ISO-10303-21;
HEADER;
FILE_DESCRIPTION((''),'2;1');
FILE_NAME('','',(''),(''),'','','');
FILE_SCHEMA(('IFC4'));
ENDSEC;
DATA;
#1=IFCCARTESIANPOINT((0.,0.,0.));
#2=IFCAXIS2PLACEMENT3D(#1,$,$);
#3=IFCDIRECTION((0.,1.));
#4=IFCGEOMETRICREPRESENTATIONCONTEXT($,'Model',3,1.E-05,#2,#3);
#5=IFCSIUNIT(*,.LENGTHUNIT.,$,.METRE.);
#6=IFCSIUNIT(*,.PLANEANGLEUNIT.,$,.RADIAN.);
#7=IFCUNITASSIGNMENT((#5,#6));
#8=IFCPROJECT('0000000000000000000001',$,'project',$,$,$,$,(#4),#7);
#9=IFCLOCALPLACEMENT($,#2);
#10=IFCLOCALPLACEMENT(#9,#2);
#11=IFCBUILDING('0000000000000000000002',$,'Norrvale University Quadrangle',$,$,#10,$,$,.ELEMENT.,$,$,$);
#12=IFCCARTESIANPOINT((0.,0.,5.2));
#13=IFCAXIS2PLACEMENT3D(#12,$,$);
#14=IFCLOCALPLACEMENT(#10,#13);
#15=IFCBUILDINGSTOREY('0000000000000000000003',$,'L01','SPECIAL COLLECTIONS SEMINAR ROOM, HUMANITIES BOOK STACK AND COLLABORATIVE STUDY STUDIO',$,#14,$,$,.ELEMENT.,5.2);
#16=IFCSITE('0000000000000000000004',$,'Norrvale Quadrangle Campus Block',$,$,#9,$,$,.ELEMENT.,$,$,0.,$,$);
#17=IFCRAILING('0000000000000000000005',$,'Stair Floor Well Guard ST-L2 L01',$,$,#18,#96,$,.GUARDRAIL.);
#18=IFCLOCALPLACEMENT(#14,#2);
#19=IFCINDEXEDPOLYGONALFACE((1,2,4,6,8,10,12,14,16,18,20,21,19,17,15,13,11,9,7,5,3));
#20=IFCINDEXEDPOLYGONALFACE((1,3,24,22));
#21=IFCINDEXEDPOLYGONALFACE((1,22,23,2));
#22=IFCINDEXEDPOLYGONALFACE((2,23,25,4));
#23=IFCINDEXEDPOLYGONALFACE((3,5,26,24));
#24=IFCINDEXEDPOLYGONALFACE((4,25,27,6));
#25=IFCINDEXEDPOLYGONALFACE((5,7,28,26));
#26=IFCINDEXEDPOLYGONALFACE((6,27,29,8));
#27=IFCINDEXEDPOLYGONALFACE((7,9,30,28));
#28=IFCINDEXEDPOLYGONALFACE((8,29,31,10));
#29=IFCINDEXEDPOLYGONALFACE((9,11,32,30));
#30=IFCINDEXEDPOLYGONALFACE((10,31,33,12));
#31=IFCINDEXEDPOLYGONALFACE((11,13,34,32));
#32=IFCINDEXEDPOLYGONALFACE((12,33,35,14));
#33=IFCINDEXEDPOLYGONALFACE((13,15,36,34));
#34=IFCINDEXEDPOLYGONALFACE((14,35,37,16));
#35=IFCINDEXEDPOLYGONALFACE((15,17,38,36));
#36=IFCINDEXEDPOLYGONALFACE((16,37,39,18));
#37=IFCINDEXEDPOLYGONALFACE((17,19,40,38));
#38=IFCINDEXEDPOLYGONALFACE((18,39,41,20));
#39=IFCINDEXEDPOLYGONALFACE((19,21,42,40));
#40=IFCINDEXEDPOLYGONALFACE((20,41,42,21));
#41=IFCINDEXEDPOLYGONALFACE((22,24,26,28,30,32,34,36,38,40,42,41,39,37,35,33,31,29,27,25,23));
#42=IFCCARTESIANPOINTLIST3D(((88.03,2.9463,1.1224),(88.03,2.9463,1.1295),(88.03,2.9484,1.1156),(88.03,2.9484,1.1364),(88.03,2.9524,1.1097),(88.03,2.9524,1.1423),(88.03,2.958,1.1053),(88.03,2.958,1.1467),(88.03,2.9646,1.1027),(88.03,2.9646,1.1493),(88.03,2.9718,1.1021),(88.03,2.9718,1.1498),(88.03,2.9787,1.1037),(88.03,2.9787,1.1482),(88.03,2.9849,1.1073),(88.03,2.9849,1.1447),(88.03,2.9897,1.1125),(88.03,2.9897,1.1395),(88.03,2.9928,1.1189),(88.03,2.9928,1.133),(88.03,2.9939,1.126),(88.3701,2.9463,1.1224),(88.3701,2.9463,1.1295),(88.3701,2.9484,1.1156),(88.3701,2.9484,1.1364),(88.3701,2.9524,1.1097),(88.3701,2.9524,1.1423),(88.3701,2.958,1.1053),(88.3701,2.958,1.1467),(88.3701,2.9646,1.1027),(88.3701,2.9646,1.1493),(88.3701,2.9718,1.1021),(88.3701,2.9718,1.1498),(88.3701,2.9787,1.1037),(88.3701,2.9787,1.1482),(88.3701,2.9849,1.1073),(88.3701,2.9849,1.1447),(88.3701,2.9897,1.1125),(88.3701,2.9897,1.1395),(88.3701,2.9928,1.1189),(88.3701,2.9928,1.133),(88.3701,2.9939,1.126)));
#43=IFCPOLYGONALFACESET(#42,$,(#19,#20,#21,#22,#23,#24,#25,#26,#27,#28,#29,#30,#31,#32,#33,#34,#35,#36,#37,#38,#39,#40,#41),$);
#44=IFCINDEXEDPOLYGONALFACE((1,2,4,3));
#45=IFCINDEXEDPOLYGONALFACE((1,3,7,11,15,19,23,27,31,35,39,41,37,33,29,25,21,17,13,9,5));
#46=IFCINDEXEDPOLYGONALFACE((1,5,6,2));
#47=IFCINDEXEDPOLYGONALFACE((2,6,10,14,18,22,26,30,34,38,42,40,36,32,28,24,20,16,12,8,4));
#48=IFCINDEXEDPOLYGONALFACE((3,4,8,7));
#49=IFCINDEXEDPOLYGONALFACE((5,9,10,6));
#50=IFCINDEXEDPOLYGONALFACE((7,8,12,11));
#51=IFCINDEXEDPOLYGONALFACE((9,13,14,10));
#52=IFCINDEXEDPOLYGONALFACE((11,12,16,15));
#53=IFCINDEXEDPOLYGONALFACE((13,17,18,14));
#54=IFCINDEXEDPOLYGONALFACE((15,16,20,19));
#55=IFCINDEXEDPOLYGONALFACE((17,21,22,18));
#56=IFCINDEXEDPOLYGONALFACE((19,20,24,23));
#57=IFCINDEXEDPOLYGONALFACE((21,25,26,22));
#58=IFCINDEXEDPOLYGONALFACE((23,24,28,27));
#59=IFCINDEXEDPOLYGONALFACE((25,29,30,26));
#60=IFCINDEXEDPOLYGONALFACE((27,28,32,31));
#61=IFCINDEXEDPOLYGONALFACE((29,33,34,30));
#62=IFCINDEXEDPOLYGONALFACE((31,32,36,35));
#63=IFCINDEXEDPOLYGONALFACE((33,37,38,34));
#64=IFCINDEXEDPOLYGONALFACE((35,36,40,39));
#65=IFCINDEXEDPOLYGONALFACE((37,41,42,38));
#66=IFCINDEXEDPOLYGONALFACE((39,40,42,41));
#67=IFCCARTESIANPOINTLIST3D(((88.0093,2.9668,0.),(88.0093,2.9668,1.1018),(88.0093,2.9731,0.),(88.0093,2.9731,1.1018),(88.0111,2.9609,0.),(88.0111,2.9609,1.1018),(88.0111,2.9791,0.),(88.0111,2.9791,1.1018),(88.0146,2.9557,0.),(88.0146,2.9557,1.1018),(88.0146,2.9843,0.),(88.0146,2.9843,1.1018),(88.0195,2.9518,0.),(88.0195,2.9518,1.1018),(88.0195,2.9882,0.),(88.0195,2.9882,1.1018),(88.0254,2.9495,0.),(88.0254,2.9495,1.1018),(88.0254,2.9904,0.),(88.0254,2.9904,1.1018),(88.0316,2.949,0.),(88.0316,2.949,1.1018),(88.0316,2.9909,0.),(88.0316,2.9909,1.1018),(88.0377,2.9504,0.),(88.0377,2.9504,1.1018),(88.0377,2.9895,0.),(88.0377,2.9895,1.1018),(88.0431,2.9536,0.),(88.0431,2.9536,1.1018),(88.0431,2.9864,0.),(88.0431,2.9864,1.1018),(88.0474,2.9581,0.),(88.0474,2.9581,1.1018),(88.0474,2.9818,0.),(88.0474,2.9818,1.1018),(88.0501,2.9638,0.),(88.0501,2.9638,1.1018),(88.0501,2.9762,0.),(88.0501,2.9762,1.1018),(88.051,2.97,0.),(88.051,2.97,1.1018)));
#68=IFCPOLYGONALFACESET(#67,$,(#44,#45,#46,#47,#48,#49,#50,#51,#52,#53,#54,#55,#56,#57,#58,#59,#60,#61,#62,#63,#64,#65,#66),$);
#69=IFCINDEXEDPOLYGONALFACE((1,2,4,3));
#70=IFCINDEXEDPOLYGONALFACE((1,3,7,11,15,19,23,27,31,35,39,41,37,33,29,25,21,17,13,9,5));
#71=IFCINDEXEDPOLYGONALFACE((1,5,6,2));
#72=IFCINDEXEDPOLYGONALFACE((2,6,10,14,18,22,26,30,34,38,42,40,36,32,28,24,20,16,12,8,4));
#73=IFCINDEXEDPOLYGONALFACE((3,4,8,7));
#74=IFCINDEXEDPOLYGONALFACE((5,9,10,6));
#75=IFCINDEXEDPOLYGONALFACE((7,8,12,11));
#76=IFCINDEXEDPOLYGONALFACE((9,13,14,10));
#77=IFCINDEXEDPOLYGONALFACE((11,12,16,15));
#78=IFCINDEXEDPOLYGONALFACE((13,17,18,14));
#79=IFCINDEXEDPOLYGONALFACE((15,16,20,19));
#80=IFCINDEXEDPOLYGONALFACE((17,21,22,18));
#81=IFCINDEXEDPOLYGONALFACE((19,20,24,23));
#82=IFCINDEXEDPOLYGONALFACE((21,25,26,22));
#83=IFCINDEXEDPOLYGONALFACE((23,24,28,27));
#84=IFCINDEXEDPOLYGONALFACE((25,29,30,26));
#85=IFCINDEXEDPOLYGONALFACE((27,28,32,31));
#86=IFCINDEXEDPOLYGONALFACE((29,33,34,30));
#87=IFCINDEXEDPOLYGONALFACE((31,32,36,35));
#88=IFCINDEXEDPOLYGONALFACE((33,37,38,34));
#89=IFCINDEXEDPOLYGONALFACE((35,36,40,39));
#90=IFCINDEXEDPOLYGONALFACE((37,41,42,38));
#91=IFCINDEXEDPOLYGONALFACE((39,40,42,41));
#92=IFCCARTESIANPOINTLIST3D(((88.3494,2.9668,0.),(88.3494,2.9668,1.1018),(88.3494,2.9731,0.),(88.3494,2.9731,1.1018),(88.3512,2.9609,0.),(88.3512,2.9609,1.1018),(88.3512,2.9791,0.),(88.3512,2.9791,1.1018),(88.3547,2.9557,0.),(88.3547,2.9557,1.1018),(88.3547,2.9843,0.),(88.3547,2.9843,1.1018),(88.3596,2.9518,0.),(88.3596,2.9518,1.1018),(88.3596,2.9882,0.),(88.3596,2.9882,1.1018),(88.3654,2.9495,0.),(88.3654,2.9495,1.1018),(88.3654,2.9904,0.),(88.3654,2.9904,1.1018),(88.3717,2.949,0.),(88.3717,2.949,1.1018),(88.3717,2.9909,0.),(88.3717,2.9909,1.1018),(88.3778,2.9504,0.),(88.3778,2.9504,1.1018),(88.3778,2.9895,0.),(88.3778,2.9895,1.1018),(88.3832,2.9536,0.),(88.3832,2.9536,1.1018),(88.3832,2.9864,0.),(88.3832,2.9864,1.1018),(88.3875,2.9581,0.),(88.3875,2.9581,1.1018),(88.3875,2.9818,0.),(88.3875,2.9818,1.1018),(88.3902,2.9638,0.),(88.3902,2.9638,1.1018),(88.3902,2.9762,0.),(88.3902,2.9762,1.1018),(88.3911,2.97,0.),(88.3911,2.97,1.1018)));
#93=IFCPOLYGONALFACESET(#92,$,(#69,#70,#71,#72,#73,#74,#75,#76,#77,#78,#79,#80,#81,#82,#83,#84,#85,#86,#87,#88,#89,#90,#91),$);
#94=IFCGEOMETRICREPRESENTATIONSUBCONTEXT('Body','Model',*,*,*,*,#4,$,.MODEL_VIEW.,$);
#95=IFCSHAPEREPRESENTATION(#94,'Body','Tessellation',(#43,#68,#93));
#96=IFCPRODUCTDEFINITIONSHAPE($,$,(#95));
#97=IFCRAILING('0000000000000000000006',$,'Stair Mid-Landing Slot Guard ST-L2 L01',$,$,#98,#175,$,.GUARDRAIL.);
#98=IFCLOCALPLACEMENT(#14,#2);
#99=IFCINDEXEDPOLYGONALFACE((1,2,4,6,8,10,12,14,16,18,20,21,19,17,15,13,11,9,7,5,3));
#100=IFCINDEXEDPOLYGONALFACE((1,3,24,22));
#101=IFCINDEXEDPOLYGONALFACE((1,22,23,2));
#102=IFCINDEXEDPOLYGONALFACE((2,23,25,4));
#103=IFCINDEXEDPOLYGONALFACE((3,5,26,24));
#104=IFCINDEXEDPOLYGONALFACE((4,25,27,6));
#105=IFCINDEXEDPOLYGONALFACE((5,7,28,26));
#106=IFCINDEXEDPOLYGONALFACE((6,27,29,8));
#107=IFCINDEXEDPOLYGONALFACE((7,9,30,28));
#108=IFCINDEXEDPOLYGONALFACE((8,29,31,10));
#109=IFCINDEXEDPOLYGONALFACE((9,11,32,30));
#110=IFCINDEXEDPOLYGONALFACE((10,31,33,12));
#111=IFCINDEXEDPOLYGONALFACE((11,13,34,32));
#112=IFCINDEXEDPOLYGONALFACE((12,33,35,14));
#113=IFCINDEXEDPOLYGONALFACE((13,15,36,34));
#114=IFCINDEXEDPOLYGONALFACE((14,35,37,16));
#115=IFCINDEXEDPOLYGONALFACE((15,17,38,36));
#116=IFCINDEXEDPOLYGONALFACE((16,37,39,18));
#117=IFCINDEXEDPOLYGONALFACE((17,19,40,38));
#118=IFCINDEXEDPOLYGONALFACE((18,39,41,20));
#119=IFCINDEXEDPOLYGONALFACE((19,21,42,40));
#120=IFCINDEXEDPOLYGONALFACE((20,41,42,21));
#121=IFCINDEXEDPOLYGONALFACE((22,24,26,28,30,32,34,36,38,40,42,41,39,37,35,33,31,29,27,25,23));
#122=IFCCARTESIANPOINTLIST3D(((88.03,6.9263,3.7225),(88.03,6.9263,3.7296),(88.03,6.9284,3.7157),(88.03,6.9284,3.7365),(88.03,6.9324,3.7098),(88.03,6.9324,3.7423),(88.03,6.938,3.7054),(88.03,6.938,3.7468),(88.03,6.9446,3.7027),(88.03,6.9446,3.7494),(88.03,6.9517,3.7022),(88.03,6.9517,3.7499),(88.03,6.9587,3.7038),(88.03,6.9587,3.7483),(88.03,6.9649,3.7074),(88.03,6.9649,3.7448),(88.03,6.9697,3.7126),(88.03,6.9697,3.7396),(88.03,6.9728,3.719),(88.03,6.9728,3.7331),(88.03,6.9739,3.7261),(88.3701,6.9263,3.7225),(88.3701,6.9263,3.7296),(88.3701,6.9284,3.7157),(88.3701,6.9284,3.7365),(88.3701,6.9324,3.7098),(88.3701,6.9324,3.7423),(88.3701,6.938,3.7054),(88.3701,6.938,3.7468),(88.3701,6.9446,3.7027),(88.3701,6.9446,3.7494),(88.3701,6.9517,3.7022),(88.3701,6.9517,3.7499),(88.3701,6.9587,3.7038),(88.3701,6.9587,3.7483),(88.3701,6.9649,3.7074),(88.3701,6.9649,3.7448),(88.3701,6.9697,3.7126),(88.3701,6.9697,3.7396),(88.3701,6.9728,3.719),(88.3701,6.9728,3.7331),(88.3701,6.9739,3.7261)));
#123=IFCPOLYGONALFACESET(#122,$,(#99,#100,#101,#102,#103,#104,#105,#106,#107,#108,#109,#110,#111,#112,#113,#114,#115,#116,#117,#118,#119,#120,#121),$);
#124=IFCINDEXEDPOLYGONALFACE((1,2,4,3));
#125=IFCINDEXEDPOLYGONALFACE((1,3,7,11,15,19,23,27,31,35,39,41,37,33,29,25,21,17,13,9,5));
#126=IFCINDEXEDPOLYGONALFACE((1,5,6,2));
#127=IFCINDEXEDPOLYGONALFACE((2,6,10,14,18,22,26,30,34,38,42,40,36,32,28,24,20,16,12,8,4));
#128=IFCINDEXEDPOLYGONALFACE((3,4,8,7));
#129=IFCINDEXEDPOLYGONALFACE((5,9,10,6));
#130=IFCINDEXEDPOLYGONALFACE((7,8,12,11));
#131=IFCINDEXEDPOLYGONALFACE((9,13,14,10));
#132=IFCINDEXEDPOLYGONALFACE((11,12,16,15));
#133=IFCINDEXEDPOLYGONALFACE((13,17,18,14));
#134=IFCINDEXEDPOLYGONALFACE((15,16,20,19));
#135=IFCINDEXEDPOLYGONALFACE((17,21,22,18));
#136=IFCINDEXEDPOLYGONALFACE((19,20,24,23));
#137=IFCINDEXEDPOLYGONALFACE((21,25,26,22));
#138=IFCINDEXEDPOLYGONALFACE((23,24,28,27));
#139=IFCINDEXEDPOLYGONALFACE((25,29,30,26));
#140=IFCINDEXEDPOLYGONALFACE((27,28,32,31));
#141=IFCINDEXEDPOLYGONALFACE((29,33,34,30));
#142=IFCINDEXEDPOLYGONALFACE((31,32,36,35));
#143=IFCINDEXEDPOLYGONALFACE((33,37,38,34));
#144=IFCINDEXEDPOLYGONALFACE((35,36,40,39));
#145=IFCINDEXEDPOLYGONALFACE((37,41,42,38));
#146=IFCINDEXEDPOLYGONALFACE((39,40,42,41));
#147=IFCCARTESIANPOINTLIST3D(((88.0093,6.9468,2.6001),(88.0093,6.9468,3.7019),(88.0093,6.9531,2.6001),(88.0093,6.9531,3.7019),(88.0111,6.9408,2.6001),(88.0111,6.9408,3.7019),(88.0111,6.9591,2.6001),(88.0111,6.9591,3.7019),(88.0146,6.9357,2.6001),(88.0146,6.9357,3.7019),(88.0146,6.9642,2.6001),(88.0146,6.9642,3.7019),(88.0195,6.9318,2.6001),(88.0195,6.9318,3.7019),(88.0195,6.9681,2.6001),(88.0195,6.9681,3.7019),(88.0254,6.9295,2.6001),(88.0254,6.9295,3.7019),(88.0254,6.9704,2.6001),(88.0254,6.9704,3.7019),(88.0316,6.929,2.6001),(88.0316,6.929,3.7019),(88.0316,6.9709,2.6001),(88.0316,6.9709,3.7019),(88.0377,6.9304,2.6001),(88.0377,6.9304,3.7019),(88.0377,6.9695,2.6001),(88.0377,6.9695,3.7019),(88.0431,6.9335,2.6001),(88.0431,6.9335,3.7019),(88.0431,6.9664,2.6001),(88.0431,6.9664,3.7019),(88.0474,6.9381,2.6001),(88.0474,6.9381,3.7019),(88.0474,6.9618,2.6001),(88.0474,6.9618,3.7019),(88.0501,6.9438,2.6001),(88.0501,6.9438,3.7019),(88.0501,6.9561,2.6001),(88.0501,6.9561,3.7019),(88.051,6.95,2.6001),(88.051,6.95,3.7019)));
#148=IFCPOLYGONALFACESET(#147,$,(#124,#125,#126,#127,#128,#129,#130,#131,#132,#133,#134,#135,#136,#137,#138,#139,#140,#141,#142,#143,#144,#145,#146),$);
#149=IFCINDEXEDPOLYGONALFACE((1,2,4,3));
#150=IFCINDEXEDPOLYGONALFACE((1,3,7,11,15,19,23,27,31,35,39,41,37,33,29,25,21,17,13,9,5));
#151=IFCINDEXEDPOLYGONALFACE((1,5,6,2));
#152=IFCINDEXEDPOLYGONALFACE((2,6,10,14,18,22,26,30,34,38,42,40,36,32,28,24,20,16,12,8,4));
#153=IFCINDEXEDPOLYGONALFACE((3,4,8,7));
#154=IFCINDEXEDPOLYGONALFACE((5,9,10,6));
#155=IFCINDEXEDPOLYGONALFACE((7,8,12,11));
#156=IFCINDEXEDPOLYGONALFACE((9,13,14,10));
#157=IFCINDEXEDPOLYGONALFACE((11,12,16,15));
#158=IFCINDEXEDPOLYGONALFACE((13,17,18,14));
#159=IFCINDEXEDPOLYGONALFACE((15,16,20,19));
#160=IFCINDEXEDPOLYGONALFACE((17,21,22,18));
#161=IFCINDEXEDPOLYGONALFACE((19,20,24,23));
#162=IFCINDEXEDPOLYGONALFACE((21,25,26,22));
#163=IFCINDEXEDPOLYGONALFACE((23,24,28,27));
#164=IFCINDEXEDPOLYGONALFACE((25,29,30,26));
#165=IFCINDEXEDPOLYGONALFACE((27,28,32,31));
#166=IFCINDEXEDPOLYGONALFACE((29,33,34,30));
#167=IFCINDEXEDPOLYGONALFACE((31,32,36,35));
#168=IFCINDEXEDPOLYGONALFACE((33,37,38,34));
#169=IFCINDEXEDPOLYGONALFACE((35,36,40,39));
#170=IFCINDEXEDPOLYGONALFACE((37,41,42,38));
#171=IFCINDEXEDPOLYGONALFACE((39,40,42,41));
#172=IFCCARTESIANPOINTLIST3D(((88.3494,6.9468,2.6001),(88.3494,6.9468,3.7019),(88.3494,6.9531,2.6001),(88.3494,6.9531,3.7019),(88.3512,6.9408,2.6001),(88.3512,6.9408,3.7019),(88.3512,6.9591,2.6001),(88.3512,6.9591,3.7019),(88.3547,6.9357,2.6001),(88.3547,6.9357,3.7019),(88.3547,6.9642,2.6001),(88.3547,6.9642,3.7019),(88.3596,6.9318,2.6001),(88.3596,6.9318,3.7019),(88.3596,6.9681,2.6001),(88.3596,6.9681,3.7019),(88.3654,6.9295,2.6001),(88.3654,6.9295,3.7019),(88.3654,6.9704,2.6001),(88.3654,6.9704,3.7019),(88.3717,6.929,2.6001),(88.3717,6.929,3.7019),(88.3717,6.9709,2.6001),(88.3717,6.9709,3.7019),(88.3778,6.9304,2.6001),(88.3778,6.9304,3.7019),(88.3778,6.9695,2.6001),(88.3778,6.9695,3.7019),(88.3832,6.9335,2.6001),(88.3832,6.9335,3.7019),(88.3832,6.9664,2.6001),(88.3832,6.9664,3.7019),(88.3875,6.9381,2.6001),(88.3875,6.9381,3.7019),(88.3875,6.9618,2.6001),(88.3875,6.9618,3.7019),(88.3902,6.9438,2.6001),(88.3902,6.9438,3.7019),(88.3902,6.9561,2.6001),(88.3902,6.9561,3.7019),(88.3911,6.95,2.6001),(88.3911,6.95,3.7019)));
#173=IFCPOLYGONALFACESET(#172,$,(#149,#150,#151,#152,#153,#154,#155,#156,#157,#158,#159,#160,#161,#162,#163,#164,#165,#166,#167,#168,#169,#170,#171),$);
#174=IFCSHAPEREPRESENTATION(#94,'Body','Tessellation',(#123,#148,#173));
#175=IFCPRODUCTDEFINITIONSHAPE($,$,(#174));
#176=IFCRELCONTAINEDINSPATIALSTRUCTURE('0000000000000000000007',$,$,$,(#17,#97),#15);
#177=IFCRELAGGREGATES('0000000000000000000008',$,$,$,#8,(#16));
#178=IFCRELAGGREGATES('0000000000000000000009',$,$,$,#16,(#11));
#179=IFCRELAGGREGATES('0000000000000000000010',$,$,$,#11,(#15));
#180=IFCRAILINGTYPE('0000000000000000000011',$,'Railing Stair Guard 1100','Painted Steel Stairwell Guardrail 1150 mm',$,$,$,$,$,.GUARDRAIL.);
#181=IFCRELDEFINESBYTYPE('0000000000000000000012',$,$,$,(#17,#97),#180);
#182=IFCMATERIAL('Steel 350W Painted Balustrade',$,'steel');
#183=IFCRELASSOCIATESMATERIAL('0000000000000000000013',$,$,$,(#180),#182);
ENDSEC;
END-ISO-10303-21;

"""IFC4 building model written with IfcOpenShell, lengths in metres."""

from ifc_helpers import new_model, si_unit, direction, frame, origin, origin_2d, place, context, subcontext, project, spatial, circle, extrude, material, type_object, element, save


model = new_model("IFC4")

# Units and contexts
model_context = context("Model", 3, precision=1e-05, world=origin(), true_north=direction((0.0, 1.0)))
body_context = subcontext(model_context, "Body", "Model", "MODEL_VIEW")
ifc_project = project(units=[si_unit("LENGTHUNIT", "METRE"), si_unit("PLANEANGLEUNIT", "RADIAN")], contexts=[model_context])

# Site, building, storey
site_placement = place(None, origin())
site = spatial("IfcSite", under=ifc_project, at=site_placement, Name="Norrvale Quadrangle Campus Block", CompositionType="ELEMENT", RefElevation=0.0)
building_placement = place(site_placement, origin())
building = spatial("IfcBuilding", under=site, at=building_placement, Name="Norrvale University Quadrangle", CompositionType="ELEMENT")
storey_placement = place(building_placement, frame((0.0, 0.0, 5.2)))
storey = spatial("IfcBuildingStorey", under=building, at=storey_placement, Name="L01", Description="SPECIAL COLLECTIONS SEMINAR ROOM, HUMANITIES BOOK STACK AND COLLABORATIVE STUDY STUDIO", CompositionType="ELEMENT", Elevation=5.2)

# Railings
ifc_material_1 = material(Name="Steel 350W Painted Balustrade", Category="steel")
railing_type_1 = type_object("IfcRailingType", Name="Railing Stair Guard 1100", Description="Painted Steel Stairwell Guardrail 1150 mm", PredefinedType="GUARDRAIL", material=ifc_material_1)
for number, where, name in (
    (1, (88.03, 2.97, 0.0), "Stair Floor Well Guard ST-L2 L01"),
    (2, (88.03, 6.95, 2.6001), "Stair Mid-Landing Slot Guard ST-L2 L01"),
):
    element("IfcRailing", number, at=place(storey_placement, frame(where)), inside=storey, type_object=railing_type_1, Name=name, PredefinedType="GUARDRAIL", context=body_context, shape_type="SweptSolid", body=[
        extrude(circle(Radius=0.0239, at=origin_2d()), frame((0.0, 0.0, 1.126), z_axis=(1.0, 0.0, 0.0), x_axis=(0.0, 1.0, 0.0)), (0.0, 0.0, 1.0), 0.3401),
        extrude(circle(Radius=0.021, at=origin_2d()), origin(), (0.0, 0.0, 1.0), 1.1018),
        extrude(circle(Radius=0.021, at=origin_2d()), frame((0.3401, 0.0, 0.0)), (0.0, 0.0, 1.0), 1.1018),
    ])

save(model, "model.ifc")
